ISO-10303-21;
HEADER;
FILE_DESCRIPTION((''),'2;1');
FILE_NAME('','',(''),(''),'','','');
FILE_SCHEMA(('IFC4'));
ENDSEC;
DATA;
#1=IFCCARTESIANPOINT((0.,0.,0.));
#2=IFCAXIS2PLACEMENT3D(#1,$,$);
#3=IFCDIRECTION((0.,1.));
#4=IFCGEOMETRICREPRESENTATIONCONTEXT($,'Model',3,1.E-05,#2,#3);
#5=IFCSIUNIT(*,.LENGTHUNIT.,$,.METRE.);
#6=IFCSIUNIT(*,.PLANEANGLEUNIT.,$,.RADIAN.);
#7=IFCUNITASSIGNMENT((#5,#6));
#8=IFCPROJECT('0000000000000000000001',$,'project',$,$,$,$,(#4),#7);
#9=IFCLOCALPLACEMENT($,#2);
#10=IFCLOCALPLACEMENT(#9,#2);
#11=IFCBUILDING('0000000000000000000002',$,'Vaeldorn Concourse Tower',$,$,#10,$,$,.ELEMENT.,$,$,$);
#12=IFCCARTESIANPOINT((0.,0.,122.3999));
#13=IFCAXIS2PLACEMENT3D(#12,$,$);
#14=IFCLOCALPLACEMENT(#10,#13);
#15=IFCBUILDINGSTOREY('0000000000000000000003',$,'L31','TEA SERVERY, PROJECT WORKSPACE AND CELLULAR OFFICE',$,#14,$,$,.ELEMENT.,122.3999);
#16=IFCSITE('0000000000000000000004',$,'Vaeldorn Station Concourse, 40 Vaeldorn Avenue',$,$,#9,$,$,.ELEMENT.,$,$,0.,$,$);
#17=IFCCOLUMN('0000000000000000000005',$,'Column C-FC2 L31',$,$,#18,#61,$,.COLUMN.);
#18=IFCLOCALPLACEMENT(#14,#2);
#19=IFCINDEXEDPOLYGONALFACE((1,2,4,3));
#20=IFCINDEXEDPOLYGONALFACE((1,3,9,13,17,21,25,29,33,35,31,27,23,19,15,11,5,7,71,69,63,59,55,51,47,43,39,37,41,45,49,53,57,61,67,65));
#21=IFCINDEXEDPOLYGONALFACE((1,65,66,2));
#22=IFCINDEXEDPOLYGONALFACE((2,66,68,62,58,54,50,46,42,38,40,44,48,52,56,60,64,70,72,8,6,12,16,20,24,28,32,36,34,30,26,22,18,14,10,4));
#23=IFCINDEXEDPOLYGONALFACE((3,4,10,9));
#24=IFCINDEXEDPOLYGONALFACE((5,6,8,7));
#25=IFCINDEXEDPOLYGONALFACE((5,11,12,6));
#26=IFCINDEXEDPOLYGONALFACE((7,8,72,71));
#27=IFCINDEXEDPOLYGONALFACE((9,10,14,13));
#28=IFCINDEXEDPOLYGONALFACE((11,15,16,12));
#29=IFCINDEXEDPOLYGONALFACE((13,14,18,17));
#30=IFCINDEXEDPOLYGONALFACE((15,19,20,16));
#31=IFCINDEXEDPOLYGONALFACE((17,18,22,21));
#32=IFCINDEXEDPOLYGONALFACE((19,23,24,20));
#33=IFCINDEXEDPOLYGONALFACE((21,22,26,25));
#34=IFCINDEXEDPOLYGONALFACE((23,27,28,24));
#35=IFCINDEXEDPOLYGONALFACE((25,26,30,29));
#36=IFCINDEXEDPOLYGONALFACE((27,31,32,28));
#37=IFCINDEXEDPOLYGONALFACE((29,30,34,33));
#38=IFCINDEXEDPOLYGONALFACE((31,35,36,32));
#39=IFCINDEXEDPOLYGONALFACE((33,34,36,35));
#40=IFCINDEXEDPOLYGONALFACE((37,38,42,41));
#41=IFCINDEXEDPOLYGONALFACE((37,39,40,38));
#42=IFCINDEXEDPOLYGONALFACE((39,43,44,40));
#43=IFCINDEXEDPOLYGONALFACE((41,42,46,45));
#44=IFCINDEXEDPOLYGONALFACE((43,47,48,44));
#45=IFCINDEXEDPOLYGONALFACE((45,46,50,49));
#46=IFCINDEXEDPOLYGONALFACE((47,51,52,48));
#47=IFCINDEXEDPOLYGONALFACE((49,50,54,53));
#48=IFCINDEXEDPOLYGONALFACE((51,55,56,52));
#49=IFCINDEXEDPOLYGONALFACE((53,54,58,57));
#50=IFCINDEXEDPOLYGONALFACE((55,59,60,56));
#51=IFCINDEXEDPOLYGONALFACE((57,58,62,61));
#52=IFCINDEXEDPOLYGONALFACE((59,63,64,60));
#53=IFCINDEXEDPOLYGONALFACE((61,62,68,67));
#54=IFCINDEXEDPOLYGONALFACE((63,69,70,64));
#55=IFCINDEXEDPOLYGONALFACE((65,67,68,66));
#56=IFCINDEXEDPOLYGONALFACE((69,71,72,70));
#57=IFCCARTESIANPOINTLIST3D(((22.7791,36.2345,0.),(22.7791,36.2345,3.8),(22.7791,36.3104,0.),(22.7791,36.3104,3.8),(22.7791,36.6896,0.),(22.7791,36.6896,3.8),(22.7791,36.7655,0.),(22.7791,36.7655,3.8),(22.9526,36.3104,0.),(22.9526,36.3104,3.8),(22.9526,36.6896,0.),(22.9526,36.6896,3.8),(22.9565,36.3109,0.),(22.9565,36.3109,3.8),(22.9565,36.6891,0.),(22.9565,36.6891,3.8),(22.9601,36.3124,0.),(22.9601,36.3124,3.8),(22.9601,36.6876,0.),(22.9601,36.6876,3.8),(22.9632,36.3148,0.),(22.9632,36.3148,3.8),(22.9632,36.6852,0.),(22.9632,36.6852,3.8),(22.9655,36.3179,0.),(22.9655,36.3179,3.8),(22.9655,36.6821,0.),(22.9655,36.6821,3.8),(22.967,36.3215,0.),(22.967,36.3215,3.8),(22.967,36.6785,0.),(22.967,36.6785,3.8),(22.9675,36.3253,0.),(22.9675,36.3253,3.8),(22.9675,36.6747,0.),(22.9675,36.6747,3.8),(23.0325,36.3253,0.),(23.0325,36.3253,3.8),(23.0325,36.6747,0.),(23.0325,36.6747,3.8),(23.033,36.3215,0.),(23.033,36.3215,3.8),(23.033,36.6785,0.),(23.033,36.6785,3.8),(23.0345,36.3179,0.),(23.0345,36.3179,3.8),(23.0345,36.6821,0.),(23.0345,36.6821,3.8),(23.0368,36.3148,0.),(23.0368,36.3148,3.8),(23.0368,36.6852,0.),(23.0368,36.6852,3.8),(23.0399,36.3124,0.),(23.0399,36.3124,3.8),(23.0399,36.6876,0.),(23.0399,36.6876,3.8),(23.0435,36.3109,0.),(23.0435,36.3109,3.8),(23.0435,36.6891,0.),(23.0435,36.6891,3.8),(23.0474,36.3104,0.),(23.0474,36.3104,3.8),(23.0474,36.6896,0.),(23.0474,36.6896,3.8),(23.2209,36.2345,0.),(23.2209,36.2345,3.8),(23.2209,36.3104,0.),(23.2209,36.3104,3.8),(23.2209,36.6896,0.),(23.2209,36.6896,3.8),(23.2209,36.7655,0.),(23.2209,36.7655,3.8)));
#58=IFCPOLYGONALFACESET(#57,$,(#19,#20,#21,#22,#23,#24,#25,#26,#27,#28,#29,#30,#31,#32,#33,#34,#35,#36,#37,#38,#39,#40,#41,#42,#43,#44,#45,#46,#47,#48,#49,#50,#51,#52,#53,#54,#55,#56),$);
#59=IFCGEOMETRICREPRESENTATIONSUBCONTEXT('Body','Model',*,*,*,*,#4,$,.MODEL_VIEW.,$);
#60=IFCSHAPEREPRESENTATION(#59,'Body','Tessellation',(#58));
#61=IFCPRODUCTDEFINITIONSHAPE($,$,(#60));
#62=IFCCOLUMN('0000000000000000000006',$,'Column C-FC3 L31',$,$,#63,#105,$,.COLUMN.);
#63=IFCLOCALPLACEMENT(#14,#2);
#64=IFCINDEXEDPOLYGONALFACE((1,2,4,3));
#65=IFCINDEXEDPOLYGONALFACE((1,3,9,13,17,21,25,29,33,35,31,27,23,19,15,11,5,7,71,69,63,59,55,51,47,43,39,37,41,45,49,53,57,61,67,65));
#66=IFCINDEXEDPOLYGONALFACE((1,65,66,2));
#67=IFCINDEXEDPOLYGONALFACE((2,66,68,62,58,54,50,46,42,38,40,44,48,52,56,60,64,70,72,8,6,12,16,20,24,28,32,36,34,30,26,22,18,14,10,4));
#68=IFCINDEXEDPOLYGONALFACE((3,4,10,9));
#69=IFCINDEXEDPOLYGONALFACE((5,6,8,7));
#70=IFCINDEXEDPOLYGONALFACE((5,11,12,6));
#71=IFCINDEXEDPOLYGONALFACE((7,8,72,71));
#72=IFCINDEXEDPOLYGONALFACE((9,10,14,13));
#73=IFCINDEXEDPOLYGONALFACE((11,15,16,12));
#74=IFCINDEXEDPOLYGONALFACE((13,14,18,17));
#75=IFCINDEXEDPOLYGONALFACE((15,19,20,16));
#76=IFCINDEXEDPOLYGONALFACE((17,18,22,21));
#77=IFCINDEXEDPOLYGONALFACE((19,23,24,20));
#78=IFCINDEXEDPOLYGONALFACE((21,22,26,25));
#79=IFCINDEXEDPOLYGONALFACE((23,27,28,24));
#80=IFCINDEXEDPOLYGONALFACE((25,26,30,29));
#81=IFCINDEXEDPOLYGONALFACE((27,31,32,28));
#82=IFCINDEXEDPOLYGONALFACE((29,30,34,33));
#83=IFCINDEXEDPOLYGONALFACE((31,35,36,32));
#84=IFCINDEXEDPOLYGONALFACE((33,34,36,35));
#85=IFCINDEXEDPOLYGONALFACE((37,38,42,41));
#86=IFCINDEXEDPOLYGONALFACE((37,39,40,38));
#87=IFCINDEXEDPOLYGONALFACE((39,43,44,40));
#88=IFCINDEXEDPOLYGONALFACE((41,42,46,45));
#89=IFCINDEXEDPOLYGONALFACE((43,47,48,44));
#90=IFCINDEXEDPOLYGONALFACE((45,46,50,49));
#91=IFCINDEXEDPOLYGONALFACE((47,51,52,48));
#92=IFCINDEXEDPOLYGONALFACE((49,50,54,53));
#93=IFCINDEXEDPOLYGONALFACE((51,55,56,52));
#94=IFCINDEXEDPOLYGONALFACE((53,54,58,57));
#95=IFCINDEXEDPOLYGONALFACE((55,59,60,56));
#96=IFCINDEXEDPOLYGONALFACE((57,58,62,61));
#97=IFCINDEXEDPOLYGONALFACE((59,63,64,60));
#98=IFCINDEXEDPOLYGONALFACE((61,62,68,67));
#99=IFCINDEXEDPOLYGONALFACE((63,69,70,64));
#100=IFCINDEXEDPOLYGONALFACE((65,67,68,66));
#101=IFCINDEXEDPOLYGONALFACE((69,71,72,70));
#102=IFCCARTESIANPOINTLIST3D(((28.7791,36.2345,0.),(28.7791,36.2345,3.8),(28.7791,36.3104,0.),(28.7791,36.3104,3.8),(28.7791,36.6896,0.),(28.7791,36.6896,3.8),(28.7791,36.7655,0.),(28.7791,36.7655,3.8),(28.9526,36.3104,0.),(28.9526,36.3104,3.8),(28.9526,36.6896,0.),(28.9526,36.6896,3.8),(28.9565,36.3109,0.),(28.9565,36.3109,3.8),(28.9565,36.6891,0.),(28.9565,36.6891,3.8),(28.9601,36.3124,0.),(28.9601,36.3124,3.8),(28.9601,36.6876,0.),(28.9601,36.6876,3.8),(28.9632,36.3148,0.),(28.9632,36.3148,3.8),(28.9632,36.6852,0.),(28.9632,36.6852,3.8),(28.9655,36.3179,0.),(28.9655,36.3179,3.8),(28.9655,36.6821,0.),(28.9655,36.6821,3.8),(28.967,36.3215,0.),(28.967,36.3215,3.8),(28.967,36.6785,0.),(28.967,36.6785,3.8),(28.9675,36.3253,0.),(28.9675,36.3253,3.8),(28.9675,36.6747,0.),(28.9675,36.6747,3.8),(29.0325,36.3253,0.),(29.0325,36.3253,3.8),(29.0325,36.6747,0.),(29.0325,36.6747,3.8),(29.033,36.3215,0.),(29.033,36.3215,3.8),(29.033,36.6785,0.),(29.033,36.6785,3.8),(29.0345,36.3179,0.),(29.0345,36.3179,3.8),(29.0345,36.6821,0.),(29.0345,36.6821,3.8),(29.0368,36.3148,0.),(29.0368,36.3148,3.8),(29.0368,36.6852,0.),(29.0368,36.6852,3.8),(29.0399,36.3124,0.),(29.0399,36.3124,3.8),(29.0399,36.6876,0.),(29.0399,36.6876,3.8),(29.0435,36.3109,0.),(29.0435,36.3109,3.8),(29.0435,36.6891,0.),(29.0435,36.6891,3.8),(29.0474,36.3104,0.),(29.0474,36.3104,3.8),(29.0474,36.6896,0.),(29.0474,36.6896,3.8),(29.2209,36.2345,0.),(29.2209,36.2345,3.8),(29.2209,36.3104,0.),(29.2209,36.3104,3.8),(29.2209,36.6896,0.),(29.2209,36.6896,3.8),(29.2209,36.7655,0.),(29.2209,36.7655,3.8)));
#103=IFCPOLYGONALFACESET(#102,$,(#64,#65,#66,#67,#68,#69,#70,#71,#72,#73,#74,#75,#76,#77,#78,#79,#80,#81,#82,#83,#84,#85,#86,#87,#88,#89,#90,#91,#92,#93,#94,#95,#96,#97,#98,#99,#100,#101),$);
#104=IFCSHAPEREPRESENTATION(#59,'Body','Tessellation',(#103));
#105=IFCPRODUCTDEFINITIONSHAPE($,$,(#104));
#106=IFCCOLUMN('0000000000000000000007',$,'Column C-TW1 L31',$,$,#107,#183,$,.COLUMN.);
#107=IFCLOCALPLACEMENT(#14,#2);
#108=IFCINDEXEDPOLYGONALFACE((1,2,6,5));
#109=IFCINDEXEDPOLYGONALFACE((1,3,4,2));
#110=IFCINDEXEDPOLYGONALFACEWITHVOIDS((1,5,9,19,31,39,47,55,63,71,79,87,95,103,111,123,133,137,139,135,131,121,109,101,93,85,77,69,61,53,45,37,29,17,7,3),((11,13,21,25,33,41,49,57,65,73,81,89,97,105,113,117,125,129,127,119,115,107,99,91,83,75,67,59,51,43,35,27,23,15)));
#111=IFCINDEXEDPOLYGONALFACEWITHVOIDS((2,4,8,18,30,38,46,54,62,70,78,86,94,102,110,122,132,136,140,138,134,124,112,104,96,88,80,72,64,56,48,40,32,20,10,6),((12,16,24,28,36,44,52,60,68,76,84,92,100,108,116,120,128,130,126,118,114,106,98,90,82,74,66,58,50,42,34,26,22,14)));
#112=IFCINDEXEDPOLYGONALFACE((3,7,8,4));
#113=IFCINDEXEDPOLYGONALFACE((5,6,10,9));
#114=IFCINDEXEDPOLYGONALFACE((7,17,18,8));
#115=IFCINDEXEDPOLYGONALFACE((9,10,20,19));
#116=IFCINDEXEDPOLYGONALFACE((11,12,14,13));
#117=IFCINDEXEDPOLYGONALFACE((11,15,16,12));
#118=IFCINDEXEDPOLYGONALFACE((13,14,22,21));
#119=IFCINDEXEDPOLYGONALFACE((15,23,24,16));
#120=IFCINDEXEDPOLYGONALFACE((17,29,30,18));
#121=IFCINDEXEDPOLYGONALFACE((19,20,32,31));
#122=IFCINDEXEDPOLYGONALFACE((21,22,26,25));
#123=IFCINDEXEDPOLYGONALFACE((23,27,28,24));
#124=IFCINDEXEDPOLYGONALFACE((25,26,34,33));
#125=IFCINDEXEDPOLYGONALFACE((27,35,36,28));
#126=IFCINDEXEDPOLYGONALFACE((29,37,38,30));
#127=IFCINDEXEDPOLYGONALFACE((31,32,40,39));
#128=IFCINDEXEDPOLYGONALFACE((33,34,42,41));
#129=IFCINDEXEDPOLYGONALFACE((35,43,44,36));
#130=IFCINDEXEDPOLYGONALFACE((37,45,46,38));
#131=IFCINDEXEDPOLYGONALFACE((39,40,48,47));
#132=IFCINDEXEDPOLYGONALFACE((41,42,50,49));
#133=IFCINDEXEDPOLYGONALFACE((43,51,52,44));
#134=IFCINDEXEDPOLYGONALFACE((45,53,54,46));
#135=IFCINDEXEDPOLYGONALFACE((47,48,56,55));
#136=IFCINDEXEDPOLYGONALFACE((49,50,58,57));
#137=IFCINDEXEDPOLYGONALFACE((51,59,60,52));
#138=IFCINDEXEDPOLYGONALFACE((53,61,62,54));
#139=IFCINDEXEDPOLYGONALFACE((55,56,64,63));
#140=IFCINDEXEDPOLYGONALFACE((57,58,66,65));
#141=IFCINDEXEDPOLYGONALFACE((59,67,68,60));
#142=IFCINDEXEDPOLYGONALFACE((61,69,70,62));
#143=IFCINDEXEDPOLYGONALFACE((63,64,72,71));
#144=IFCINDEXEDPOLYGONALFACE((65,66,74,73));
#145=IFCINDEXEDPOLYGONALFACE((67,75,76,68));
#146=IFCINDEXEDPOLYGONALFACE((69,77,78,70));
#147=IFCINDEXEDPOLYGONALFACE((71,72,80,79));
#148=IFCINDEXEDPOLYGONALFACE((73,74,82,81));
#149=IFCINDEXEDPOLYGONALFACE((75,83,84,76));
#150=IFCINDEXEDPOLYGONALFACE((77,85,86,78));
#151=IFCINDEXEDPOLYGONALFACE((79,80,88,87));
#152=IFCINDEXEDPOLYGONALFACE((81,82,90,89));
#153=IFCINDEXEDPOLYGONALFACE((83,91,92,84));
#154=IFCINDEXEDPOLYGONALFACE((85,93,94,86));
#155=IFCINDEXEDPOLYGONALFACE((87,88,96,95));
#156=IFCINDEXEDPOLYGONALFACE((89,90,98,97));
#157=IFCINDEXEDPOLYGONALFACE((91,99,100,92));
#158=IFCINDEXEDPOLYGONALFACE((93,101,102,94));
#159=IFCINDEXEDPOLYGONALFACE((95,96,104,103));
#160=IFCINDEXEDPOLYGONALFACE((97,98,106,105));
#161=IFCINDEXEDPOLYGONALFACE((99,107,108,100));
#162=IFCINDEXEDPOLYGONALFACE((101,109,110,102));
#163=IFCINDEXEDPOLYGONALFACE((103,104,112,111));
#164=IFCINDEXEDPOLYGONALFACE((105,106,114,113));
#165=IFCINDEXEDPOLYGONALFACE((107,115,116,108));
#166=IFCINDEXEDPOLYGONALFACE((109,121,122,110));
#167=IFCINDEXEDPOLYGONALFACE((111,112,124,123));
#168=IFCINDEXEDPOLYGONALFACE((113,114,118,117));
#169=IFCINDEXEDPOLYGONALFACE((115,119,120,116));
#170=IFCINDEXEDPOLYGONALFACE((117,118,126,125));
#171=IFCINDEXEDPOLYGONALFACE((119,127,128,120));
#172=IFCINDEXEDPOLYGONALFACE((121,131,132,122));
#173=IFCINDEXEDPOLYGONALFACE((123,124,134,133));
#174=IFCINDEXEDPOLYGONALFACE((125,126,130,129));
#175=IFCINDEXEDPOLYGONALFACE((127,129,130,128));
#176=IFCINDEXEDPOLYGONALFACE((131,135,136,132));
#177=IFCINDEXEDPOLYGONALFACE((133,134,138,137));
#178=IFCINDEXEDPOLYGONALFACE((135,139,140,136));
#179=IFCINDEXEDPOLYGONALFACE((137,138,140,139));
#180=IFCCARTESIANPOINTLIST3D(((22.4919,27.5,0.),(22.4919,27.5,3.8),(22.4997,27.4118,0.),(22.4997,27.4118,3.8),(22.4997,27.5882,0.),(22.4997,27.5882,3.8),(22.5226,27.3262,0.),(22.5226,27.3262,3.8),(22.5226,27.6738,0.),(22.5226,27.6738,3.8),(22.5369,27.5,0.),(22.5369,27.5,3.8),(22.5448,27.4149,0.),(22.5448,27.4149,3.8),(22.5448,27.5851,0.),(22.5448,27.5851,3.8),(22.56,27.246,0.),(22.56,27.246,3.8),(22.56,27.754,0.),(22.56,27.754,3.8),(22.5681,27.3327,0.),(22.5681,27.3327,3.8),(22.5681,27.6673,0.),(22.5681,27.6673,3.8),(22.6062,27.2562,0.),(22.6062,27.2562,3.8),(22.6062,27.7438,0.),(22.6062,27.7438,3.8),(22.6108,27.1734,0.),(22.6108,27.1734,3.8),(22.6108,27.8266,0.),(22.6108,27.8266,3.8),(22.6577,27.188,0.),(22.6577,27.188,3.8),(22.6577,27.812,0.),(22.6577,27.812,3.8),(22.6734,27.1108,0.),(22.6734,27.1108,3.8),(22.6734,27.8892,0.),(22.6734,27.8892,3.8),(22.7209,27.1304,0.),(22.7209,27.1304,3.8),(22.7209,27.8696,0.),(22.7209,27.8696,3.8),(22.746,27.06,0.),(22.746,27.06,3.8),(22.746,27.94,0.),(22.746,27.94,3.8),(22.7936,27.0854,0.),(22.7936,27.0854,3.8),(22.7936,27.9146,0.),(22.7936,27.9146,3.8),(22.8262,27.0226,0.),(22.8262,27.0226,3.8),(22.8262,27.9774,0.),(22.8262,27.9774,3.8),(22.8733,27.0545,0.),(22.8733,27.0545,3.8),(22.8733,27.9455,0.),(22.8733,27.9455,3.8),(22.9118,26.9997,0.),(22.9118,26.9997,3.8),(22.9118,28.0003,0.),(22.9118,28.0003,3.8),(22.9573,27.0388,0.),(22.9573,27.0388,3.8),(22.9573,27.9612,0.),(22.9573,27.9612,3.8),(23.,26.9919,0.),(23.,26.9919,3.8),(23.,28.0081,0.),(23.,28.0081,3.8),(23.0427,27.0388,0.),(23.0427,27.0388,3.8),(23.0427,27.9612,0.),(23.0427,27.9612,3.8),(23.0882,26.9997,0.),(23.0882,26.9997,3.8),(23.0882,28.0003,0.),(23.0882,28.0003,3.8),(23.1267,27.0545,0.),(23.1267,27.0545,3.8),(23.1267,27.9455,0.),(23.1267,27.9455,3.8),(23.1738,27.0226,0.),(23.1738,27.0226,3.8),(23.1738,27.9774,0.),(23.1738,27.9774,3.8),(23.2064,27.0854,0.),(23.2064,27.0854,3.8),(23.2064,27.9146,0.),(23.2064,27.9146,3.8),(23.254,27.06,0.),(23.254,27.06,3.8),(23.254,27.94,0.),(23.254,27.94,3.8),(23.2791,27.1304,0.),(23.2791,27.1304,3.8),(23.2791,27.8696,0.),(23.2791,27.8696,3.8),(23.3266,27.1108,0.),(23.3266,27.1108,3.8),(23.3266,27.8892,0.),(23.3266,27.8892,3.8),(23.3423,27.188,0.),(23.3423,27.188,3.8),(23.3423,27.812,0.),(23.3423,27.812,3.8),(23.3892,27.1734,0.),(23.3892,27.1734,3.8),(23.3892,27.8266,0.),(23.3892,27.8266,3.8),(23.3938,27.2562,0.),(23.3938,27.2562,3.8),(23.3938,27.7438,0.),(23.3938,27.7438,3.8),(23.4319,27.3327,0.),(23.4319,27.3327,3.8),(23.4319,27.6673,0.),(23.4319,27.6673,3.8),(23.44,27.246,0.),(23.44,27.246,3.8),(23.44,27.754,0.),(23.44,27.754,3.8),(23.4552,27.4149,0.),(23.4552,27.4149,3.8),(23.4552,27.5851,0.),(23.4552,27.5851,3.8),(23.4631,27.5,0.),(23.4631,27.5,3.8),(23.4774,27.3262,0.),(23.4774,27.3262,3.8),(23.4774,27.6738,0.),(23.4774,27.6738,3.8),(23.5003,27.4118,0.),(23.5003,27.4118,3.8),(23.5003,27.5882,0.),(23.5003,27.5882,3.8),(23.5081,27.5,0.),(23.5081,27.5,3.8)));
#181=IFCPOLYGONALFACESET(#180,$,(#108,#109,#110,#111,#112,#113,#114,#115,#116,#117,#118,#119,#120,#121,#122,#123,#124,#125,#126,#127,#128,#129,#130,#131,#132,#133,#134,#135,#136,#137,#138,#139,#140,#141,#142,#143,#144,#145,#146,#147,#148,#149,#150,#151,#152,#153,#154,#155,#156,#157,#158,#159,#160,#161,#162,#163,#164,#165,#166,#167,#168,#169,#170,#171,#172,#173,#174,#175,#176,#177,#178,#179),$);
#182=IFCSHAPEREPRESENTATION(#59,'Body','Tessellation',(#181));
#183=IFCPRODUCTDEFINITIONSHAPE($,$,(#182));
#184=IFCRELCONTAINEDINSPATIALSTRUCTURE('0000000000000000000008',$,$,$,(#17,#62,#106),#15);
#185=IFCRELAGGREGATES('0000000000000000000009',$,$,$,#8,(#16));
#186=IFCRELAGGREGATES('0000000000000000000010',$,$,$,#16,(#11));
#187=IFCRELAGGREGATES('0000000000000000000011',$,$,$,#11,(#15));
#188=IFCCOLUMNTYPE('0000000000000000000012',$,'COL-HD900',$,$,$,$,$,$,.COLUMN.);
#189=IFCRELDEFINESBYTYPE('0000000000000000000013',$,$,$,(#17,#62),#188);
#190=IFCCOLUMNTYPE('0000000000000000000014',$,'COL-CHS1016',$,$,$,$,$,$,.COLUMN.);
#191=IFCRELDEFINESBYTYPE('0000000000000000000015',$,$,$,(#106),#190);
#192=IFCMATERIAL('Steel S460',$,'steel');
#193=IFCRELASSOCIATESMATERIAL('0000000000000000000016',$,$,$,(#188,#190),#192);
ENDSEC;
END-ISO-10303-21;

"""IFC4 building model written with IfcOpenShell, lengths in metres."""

from ifc_helpers import new_model, si_unit, direction, frame, origin, origin_2d, place, context, subcontext, project, spatial, hollow_circle, i_section, extrude, source, transform, mapped, material, material_profile, profile_set, type_object, element, save


model = new_model("IFC4")

# Units and contexts
model_context = context("Model", 3, precision=1e-05, world=origin(), true_north=direction((0.0, 1.0)))
body_context = subcontext(model_context, "Body", "Model", "MODEL_VIEW")
ifc_project = project(units=[si_unit("LENGTHUNIT", "METRE"), si_unit("PLANEANGLEUNIT", "RADIAN")], contexts=[model_context])

# Site, building, storey
site_placement = place(None, origin())
site = spatial("IfcSite", under=ifc_project, at=site_placement, Name="Vaeldorn Station Concourse, 40 Vaeldorn Avenue", CompositionType="ELEMENT", RefElevation=0.0)
building_placement = place(site_placement, origin())
building = spatial("IfcBuilding", under=site, at=building_placement, Name="Vaeldorn Concourse Tower", CompositionType="ELEMENT")
storey_placement = place(building_placement, frame((0.0, 0.0, 122.3999)))
storey = spatial("IfcBuildingStorey", under=building, at=storey_placement, Name="L31", Description="TEA SERVERY, PROJECT WORKSPACE AND CELLULAR OFFICE", CompositionType="ELEMENT", Elevation=122.3999)

# Columns
ifc_material_1 = material(Name="Steel S460", Category="steel")
ifc_material_profile_1 = material_profile(ifc_material_1, i_section(OverallWidth=0.4419, OverallDepth=0.531, WebThickness=0.0649, FlangeThickness=0.0759, FilletRadius=0.0149, at=origin_2d()), Name="HD 400x900")
ifc_profile_set_1 = profile_set([ifc_material_profile_1], Name="Steel S460")
column_type_1 = type_object("IfcColumnType", Name="COL-HD900", PredefinedType="COLUMN", material=ifc_profile_set_1)
shared_shape_1 = source(origin(), body_context, "Body", "SweptSolid", [
    extrude(i_section(OverallWidth=0.4419, OverallDepth=0.531, WebThickness=0.0649, FlangeThickness=0.0759, FilletRadius=0.0149, at=origin_2d()), origin(), (0.0, 0.0, 1.0), 3.8),
])
for number, where, z_axis, x_axis, name in (
    (1, (23.0, 36.5, 0.0), (0.0, 0.0, 1.0), (1.0, 0.0, 0.0), "Column C-FC2 L31"),
    (2, (29.0, 36.5, 0.0), (0.0, 0.0, 1.0), (1.0, 0.0, 0.0), "Column C-FC3 L31"),
):
    element("IfcColumn", number, at=place(storey_placement, frame(where, z_axis=z_axis, x_axis=x_axis)), inside=storey, type_object=column_type_1, Name=name, PredefinedType="COLUMN", context=body_context, shape_type="MappedRepresentation", body=[
        mapped(shared_shape_1, transform((0.0, 0.0, 0.0), scale=1.0)),
    ])
ifc_material_profile_2 = material_profile(ifc_material_1, hollow_circle(Radius=0.5081, WallThickness=0.0449, at=origin_2d()), Name="CHS 1016x45")
ifc_profile_set_2 = profile_set([ifc_material_profile_2], Name="Steel S460")
column_type_2 = type_object("IfcColumnType", Name="COL-CHS1016", PredefinedType="COLUMN", material=ifc_profile_set_2)
shared_shape_2 = source(origin(), body_context, "Body", "SweptSolid", [
    extrude(hollow_circle(Radius=0.5081, WallThickness=0.0449, at=origin_2d()), origin(), (0.0, 0.0, 1.0), 3.8),
])
column_1_placement = place(storey_placement, frame((23.0, 27.5, 0.0), z_axis=(0.0, 0.0, 1.0), x_axis=(1.0, 0.0, 0.0)))
element("IfcColumn", 3, at=column_1_placement, inside=storey, type_object=column_type_2, Name="Column C-TW1 L31", PredefinedType="COLUMN", context=body_context, shape_type="MappedRepresentation", body=[
    mapped(shared_shape_2, transform((0.0, 0.0, 0.0), scale=1.0)),
])

save(model, "model.ifc")
